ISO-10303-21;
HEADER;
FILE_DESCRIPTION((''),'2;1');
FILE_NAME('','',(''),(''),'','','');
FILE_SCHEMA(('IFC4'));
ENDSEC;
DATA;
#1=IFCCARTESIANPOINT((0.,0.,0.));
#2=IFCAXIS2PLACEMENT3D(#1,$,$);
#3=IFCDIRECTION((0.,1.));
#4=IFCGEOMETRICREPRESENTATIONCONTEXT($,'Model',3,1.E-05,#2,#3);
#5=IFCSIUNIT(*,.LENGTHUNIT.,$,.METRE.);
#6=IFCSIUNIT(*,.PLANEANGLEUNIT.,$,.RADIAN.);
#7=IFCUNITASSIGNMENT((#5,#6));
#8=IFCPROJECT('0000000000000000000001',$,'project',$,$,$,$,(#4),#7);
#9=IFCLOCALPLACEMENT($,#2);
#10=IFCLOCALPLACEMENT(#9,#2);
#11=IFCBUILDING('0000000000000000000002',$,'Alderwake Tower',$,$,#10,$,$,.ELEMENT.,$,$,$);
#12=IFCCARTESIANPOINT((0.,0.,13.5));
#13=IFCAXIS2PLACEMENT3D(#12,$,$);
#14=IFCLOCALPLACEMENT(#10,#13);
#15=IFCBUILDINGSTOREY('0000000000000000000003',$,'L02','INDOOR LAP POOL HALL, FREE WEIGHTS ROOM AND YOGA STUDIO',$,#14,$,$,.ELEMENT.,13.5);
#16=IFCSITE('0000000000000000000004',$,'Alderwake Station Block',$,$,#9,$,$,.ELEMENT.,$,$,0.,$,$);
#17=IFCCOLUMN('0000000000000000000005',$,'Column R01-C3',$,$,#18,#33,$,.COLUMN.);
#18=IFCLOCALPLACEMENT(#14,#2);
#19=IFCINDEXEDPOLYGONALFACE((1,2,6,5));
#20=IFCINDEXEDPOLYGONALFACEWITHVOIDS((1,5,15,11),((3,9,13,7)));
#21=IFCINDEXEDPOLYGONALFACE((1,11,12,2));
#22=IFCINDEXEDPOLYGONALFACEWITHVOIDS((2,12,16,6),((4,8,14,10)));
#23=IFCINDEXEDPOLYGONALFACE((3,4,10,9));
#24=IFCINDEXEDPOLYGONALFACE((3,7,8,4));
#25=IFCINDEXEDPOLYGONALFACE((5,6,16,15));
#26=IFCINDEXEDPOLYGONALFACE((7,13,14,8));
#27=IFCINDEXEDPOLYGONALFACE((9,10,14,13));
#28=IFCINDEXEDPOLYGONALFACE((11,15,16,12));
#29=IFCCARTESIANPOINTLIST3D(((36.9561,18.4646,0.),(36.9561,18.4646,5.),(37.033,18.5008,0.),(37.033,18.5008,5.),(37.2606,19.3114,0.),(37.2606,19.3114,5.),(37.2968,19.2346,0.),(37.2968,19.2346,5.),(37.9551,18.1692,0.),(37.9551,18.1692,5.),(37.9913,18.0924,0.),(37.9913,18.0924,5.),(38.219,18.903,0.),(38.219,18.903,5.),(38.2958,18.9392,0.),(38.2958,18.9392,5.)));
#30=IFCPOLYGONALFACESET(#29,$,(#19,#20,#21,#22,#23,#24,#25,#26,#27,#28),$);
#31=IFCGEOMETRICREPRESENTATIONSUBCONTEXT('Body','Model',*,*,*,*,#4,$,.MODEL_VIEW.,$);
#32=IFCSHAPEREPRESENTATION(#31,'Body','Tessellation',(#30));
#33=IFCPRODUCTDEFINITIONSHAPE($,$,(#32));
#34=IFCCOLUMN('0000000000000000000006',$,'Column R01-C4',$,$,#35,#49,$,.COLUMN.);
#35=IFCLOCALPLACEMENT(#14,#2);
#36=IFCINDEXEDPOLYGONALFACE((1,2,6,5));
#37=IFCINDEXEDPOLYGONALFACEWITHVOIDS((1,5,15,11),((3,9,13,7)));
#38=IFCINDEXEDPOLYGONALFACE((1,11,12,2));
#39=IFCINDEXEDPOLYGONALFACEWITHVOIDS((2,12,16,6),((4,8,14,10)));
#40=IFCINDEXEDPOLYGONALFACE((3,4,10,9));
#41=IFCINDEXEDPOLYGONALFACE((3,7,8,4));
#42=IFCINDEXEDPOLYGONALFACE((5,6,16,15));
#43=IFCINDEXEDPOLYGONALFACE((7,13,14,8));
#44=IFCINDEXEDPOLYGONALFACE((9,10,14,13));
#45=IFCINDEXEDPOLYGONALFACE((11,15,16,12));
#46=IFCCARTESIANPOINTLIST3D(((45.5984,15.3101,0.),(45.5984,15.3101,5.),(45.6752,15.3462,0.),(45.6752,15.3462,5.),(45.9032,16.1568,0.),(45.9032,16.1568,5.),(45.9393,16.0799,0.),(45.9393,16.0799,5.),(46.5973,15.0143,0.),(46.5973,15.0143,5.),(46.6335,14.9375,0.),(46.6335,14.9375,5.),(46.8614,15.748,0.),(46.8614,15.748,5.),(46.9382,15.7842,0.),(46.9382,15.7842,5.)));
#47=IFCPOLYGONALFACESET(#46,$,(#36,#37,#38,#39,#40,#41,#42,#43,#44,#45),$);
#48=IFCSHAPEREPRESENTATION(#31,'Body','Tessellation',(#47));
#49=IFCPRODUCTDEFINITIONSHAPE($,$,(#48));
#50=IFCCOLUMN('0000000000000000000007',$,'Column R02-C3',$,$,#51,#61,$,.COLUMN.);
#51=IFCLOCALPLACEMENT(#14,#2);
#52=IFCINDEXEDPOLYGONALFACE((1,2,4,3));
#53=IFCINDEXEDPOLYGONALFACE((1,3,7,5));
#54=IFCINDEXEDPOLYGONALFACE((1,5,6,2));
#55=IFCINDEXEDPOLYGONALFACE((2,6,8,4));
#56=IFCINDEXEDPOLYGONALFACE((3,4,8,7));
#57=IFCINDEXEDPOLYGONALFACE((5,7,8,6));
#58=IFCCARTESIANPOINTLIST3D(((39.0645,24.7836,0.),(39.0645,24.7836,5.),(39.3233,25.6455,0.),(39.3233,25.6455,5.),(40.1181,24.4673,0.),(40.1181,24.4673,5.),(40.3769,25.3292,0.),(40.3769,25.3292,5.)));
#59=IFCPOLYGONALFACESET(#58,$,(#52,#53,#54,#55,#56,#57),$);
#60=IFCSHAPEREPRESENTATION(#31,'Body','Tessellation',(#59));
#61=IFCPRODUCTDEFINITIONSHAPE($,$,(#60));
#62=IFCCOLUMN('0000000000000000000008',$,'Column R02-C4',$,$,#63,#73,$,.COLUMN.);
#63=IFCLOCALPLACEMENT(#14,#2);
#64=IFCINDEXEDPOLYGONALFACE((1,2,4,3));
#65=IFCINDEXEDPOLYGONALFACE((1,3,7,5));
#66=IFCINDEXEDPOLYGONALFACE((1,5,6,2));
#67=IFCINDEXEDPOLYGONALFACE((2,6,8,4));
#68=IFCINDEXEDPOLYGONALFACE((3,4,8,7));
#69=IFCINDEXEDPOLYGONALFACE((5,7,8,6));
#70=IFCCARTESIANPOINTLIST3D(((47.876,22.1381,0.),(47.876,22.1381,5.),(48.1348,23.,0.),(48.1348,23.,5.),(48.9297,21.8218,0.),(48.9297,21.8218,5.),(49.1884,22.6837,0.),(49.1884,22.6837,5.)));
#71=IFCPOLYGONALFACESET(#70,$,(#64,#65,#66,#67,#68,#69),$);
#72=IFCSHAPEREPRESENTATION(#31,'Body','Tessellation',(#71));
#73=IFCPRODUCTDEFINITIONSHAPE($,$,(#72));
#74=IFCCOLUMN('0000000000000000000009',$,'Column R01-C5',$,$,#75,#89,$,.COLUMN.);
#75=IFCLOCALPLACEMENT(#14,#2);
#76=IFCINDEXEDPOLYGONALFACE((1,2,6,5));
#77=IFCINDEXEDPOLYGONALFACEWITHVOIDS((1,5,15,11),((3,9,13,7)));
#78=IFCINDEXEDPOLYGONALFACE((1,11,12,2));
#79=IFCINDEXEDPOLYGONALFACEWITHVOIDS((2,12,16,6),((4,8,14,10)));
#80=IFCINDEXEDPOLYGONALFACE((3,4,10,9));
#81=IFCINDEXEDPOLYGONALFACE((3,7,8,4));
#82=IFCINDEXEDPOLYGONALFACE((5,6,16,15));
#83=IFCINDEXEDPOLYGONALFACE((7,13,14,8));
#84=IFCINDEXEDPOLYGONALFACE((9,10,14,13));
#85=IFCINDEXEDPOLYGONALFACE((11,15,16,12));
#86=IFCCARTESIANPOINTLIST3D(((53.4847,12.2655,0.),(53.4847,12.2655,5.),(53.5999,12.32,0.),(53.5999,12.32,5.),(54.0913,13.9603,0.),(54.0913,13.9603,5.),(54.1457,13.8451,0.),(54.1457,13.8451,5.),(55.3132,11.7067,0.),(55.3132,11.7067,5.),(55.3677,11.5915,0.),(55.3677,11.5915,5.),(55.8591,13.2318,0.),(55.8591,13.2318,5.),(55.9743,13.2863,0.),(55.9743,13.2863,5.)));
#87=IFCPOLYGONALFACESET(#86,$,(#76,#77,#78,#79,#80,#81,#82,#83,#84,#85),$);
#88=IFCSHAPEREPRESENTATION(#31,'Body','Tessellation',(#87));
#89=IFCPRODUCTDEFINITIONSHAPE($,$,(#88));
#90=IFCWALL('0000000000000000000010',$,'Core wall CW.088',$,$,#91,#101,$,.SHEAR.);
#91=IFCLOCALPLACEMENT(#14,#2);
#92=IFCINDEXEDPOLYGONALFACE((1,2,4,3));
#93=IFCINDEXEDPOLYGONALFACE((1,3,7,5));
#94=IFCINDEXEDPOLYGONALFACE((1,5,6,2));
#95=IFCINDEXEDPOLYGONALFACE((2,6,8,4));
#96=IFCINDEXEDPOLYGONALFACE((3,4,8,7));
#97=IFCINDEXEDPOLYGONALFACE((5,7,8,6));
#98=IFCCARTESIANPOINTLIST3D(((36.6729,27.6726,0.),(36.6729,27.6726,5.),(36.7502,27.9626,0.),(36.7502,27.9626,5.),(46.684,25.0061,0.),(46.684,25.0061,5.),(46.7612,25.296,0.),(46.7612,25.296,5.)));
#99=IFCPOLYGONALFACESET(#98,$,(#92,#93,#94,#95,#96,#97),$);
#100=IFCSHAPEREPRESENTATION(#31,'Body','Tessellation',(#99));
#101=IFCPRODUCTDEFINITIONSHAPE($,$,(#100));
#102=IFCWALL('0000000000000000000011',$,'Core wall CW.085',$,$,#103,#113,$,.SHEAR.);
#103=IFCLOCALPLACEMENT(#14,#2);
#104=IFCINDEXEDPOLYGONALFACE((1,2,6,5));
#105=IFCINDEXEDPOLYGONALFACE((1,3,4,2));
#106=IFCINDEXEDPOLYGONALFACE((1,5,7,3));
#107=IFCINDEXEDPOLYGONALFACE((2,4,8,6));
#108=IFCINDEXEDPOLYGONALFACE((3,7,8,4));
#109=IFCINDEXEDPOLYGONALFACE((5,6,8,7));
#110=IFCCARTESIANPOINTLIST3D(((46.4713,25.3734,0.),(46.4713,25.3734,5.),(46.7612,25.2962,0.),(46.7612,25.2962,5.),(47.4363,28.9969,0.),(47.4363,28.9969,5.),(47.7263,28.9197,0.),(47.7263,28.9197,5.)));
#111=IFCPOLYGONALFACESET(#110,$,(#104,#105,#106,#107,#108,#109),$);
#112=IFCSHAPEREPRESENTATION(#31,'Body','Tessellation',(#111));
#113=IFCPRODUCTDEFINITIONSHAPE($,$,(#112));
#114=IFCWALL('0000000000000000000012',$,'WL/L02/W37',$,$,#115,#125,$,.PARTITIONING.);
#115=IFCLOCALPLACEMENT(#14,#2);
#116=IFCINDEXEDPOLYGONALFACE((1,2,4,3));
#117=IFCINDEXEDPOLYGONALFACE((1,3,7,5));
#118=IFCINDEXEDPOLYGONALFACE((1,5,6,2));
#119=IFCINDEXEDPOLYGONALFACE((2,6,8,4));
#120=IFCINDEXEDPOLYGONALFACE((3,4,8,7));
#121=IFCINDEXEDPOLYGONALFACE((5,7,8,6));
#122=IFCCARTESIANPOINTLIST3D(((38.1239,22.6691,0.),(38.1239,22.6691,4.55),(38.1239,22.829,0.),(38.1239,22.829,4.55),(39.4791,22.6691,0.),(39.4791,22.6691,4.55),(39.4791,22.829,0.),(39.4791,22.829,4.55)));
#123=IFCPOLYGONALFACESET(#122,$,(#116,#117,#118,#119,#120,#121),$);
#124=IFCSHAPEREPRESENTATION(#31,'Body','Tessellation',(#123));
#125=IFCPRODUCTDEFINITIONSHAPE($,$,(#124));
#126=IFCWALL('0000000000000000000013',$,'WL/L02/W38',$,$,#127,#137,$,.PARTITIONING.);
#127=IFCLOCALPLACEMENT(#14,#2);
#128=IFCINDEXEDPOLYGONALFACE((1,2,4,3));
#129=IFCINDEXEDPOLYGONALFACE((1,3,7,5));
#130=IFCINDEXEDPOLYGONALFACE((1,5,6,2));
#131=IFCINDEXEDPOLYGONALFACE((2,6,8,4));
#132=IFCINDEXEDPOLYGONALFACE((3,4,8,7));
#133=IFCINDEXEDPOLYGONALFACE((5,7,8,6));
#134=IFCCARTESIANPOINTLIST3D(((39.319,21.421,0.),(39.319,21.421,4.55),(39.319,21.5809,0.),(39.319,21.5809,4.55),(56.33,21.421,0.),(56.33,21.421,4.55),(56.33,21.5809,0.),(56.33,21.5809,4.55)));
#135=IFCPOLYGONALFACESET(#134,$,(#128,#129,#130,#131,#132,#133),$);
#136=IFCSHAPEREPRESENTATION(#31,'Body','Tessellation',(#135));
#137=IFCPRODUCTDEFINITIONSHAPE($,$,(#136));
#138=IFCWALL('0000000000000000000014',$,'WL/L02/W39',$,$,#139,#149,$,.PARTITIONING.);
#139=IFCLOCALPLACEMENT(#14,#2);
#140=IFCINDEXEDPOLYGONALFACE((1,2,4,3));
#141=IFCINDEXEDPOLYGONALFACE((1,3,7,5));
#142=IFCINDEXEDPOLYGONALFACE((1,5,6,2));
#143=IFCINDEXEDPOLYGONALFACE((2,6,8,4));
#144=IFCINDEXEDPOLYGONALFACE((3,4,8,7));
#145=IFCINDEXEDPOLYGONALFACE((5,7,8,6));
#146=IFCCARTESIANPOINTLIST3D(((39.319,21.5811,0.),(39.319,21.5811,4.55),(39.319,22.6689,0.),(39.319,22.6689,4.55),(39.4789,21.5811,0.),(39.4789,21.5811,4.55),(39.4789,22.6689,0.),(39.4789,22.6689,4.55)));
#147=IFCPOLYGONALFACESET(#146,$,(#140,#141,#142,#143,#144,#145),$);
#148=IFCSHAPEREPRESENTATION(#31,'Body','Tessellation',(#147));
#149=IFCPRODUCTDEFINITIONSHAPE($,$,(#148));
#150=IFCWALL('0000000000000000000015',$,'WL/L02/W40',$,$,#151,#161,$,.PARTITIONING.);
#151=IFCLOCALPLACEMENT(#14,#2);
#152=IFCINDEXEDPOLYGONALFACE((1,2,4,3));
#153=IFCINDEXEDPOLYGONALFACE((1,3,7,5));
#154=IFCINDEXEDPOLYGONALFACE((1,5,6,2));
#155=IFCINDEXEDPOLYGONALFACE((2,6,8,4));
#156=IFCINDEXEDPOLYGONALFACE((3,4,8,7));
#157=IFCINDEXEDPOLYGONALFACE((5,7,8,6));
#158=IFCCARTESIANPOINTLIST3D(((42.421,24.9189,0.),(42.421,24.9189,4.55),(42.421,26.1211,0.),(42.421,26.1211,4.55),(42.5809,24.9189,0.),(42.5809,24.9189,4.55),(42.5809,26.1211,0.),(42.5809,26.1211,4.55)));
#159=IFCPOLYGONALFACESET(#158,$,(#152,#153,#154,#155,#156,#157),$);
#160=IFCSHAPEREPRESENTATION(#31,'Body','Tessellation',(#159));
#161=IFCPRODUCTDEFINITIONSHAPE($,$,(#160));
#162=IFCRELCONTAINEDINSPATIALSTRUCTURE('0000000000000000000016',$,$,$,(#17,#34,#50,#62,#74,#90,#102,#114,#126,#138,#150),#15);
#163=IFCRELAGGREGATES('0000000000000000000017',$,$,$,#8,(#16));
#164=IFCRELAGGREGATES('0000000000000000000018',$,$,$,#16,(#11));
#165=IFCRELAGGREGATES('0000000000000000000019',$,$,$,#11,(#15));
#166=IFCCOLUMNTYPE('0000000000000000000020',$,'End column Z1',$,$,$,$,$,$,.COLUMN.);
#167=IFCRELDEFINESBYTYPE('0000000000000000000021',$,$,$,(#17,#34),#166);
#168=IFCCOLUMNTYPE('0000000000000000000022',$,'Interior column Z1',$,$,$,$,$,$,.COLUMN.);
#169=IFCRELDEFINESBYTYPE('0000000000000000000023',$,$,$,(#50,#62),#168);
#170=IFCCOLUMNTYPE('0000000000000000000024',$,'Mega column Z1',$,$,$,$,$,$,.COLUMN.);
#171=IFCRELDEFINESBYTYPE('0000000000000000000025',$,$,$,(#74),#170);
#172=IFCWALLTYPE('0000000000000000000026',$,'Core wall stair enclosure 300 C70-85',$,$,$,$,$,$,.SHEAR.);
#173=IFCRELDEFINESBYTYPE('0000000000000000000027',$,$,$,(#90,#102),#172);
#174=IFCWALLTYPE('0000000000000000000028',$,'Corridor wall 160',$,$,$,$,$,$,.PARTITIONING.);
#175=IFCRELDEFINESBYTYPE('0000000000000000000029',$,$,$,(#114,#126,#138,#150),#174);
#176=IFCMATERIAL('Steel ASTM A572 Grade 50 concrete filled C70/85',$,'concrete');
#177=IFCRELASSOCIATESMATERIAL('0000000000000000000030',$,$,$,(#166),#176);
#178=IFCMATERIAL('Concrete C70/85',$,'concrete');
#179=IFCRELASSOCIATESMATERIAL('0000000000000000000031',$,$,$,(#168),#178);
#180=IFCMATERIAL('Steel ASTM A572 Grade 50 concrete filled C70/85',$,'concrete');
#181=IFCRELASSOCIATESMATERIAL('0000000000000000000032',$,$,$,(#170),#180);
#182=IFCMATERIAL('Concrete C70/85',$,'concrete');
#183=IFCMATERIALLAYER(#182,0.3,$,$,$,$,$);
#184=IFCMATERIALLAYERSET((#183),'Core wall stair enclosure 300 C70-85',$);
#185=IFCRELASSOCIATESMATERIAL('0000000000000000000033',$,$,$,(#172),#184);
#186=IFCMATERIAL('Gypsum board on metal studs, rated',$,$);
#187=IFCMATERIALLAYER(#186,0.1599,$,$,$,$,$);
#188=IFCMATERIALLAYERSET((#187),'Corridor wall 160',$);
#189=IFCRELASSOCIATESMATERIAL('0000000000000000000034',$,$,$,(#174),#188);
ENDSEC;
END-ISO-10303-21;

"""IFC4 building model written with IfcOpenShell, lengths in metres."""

from ifc_helpers import new_model, si_unit, direction, frame, frame_2d, origin, origin_2d, place, context, subcontext, project, spatial, rectangle, hollow_rectangle, extrude, material, layer, layer_set, material_profile, profile_set, type_object, element, save


model = new_model("IFC4")

# Units and contexts
model_context = context("Model", 3, precision=1e-05, world=origin(), true_north=direction((0.0, 1.0)))
body_context = subcontext(model_context, "Body", "Model", "MODEL_VIEW")
ifc_project = project(units=[si_unit("LENGTHUNIT", "METRE"), si_unit("PLANEANGLEUNIT", "RADIAN")], contexts=[model_context])

# Site, building, storey
site_placement = place(None, origin())
site = spatial("IfcSite", under=ifc_project, at=site_placement, Name="Alderwake Station Block", CompositionType="ELEMENT", RefElevation=0.0)
building_placement = place(site_placement, origin())
building = spatial("IfcBuilding", under=site, at=building_placement, Name="Alderwake Tower", CompositionType="ELEMENT")
storey_placement = place(building_placement, frame((0.0, 0.0, 13.5)))
storey = spatial("IfcBuildingStorey", under=building, at=storey_placement, Name="L02", Description="INDOOR LAP POOL HALL, FREE WEIGHTS ROOM AND YOGA STUDIO", CompositionType="ELEMENT", Elevation=13.5)

# Columns
ifc_material_1 = material(Name="Steel ASTM A572 Grade 50 concrete filled C70/85", Category="concrete")
ifc_material_profile_1 = material_profile(ifc_material_1, hollow_rectangle(XDim=0.8999, YDim=1.1001, WallThickness=0.0601, at=origin_2d()), Name="BOX 1100X900X60")
ifc_profile_set_1 = profile_set([ifc_material_profile_1], Name="Steel ASTM A572 Grade 50 concrete filled C70/85")
column_type_1 = type_object("IfcColumnType", Name="End column Z1", PredefinedType="COLUMN", material=ifc_profile_set_1)
for number, where, z_axis, x_axis, name in (
    (1, (37.626, 18.7019, 0.0), (0.0, 0.0, 1.0), (0.338385, 0.941008, 0.0), "Column R01-C3"),
    (2, (46.2683, 15.5471, 0.0), (0.0, 0.0, 1.0), (0.338695, 0.940896, 0.0), "Column R01-C4"),
):
    element("IfcColumn", number, at=place(storey_placement, frame(where, z_axis=z_axis, x_axis=x_axis)), inside=storey, type_object=column_type_1, Name=name, PredefinedType="COLUMN", context=body_context, shape_type="SweptSolid", body=[
        extrude(hollow_rectangle(XDim=0.8999, YDim=1.1001, WallThickness=0.0601, at=origin_2d()), origin(), (0.0, 0.0, 1.0), 5.0),
    ])
ifc_material_2 = material(Name="Concrete C70/85", Category="concrete")
ifc_material_profile_2 = material_profile(ifc_material_2, rectangle(XDim=0.8999, YDim=1.1001, at=origin_2d()), Name="RC 1100X900")
ifc_profile_set_2 = profile_set([ifc_material_profile_2], Name="Concrete C70/85")
column_type_2 = type_object("IfcColumnType", Name="Interior column Z1", PredefinedType="COLUMN", material=ifc_profile_set_2)
for number, where, z_axis, x_axis, name in (
    (3, (39.7207, 25.0564, 0.0), (0.0, 0.0, 1.0), (0.287549, 0.957766, 0.0), "Column R02-C3"),
    (4, (48.5322, 22.4109, 0.0), (0.0, 0.0, 1.0), (0.287549, 0.957766, 0.0), "Column R02-C4"),
):
    element("IfcColumn", number, at=place(storey_placement, frame(where, z_axis=z_axis, x_axis=x_axis)), inside=storey, type_object=column_type_2, Name=name, PredefinedType="COLUMN", context=body_context, shape_type="SweptSolid", body=[
        extrude(rectangle(XDim=0.8999, YDim=1.1001, at=origin_2d()), origin(), (0.0, 0.0, 1.0), 5.0),
    ])
ifc_material_3 = material(Name="Steel ASTM A572 Grade 50 concrete filled C70/85", Category="concrete")
ifc_material_profile_3 = material_profile(ifc_material_3, hollow_rectangle(XDim=1.8, YDim=2.0, WallThickness=0.0901, at=origin_2d()), Name="BOX 2000X1800X90")
ifc_profile_set_3 = profile_set([ifc_material_profile_3], Name="Steel ASTM A572 Grade 50 concrete filled C70/85")
column_type_3 = type_object("IfcColumnType", Name="Mega column Z1", PredefinedType="COLUMN", material=ifc_profile_set_3)
column_placement = place(storey_placement, frame((54.7295, 12.7759, 0.0), z_axis=(0.0, 0.0, 1.0), x_axis=(0.336995, 0.941506, 0.0)))
element("IfcColumn", 5, at=column_placement, inside=storey, type_object=column_type_3, Name="Column R01-C5", PredefinedType="COLUMN", context=body_context, shape_type="SweptSolid", body=[
    extrude(hollow_rectangle(XDim=1.8, YDim=2.0, WallThickness=0.0901, at=origin_2d()), origin(), (0.0, 0.0, 1.0), 5.0),
])

# Walls
ifc_material_4 = material(Name="Concrete C70/85", Category="concrete")
ifc_layer_1 = layer(ifc_material_4, 0.3)
ifc_layer_set_1 = layer_set([ifc_layer_1], Name="Core wall stair enclosure 300 C70-85")
wall_type_1 = type_object("IfcWallType", Name="Core wall stair enclosure 300 C70-85", PredefinedType="SHEAR", material=ifc_layer_set_1)
wall_1_placement = place(storey_placement, frame((36.7114, 27.8176, 0.0), z_axis=(0.0, 0.0, 1.0), x_axis=(0.966309, -0.257384, 0.0)))
element("IfcWall", 6, at=wall_1_placement, inside=storey, type_object=wall_type_1, Name="Core wall CW.088", PredefinedType="SHEAR", context=body_context, shape_type="SweptSolid", body=[
    extrude(rectangle(XDim=10.3601, YDim=0.3, at=frame_2d((5.1802, 0.0))), origin(), (0.0, 0.0, 1.0), 5.0),
])
wall_2_placement = place(storey_placement, frame((46.6162, 25.3347, 0.0), z_axis=(0.0, 0.0, 1.0), x_axis=(0.257367, 0.966314, 0.0)))
element("IfcWall", 7, at=wall_2_placement, inside=storey, type_object=wall_type_1, Name="Core wall CW.085", PredefinedType="SHEAR", context=body_context, shape_type="SweptSolid", body=[
    extrude(rectangle(XDim=3.7498, YDim=0.3, at=frame_2d((1.875, 0.0))), origin(), (0.0, 0.0, 1.0), 5.0),
])
ifc_material_5 = material(Name="Gypsum board on metal studs, rated")
ifc_layer_2 = layer(ifc_material_5, 0.1599)
ifc_layer_set_2 = layer_set([ifc_layer_2], Name="Corridor wall 160")
wall_type_2 = type_object("IfcWallType", Name="Corridor wall 160", PredefinedType="PARTITIONING", material=ifc_layer_set_2)
wall_3_placement = place(storey_placement, frame((38.1238, 22.749, 0.0), z_axis=(0.0, 0.0, 1.0), x_axis=(1.0, 0.0, 0.0)))
element("IfcWall", 8, at=wall_3_placement, inside=storey, type_object=wall_type_2, Name="WL/L02/W37", PredefinedType="PARTITIONING", context=body_context, shape_type="SweptSolid", body=[
    extrude(rectangle(XDim=1.3552, YDim=0.1599, at=frame_2d((0.6777, 0.0))), origin(), (0.0, 0.0, 1.0), 4.55),
])
wall_4_placement = place(storey_placement, frame((39.3191, 21.501, 0.0), z_axis=(0.0, 0.0, 1.0), x_axis=(1.0, 0.0, 0.0)))
element("IfcWall", 9, at=wall_4_placement, inside=storey, type_object=wall_type_2, Name="WL/L02/W38", PredefinedType="PARTITIONING", context=body_context, shape_type="SweptSolid", body=[
    extrude(rectangle(XDim=17.011, YDim=0.1599, at=frame_2d((8.5054, 0.0))), origin(), (0.0, 0.0, 1.0), 4.55),
])
wall_5_placement = place(storey_placement, frame((39.3989, 22.6689, 0.0), z_axis=(0.0, 0.0, 1.0), x_axis=(0.0, -1.0, 0.0)))
element("IfcWall", 10, at=wall_5_placement, inside=storey, type_object=wall_type_2, Name="WL/L02/W39", PredefinedType="PARTITIONING", context=body_context, shape_type="SweptSolid", body=[
    extrude(rectangle(XDim=1.0879, YDim=0.1599, at=frame_2d((0.5439, 0.0))), origin(), (0.0, 0.0, 1.0), 4.55),
])
wall_6_placement = place(storey_placement, frame((42.501, 24.9189, 0.0), z_axis=(0.0, 0.0, 1.0), x_axis=(0.0, 1.0, 0.0)))
element("IfcWall", 11, at=wall_6_placement, inside=storey, type_object=wall_type_2, Name="WL/L02/W40", PredefinedType="PARTITIONING", context=body_context, shape_type="SweptSolid", body=[
    extrude(rectangle(XDim=1.2021, YDim=0.1599, at=frame_2d((0.6011, 0.0))), origin(), (0.0, 0.0, 1.0), 4.55),
])

save(model, "model.ifc")
